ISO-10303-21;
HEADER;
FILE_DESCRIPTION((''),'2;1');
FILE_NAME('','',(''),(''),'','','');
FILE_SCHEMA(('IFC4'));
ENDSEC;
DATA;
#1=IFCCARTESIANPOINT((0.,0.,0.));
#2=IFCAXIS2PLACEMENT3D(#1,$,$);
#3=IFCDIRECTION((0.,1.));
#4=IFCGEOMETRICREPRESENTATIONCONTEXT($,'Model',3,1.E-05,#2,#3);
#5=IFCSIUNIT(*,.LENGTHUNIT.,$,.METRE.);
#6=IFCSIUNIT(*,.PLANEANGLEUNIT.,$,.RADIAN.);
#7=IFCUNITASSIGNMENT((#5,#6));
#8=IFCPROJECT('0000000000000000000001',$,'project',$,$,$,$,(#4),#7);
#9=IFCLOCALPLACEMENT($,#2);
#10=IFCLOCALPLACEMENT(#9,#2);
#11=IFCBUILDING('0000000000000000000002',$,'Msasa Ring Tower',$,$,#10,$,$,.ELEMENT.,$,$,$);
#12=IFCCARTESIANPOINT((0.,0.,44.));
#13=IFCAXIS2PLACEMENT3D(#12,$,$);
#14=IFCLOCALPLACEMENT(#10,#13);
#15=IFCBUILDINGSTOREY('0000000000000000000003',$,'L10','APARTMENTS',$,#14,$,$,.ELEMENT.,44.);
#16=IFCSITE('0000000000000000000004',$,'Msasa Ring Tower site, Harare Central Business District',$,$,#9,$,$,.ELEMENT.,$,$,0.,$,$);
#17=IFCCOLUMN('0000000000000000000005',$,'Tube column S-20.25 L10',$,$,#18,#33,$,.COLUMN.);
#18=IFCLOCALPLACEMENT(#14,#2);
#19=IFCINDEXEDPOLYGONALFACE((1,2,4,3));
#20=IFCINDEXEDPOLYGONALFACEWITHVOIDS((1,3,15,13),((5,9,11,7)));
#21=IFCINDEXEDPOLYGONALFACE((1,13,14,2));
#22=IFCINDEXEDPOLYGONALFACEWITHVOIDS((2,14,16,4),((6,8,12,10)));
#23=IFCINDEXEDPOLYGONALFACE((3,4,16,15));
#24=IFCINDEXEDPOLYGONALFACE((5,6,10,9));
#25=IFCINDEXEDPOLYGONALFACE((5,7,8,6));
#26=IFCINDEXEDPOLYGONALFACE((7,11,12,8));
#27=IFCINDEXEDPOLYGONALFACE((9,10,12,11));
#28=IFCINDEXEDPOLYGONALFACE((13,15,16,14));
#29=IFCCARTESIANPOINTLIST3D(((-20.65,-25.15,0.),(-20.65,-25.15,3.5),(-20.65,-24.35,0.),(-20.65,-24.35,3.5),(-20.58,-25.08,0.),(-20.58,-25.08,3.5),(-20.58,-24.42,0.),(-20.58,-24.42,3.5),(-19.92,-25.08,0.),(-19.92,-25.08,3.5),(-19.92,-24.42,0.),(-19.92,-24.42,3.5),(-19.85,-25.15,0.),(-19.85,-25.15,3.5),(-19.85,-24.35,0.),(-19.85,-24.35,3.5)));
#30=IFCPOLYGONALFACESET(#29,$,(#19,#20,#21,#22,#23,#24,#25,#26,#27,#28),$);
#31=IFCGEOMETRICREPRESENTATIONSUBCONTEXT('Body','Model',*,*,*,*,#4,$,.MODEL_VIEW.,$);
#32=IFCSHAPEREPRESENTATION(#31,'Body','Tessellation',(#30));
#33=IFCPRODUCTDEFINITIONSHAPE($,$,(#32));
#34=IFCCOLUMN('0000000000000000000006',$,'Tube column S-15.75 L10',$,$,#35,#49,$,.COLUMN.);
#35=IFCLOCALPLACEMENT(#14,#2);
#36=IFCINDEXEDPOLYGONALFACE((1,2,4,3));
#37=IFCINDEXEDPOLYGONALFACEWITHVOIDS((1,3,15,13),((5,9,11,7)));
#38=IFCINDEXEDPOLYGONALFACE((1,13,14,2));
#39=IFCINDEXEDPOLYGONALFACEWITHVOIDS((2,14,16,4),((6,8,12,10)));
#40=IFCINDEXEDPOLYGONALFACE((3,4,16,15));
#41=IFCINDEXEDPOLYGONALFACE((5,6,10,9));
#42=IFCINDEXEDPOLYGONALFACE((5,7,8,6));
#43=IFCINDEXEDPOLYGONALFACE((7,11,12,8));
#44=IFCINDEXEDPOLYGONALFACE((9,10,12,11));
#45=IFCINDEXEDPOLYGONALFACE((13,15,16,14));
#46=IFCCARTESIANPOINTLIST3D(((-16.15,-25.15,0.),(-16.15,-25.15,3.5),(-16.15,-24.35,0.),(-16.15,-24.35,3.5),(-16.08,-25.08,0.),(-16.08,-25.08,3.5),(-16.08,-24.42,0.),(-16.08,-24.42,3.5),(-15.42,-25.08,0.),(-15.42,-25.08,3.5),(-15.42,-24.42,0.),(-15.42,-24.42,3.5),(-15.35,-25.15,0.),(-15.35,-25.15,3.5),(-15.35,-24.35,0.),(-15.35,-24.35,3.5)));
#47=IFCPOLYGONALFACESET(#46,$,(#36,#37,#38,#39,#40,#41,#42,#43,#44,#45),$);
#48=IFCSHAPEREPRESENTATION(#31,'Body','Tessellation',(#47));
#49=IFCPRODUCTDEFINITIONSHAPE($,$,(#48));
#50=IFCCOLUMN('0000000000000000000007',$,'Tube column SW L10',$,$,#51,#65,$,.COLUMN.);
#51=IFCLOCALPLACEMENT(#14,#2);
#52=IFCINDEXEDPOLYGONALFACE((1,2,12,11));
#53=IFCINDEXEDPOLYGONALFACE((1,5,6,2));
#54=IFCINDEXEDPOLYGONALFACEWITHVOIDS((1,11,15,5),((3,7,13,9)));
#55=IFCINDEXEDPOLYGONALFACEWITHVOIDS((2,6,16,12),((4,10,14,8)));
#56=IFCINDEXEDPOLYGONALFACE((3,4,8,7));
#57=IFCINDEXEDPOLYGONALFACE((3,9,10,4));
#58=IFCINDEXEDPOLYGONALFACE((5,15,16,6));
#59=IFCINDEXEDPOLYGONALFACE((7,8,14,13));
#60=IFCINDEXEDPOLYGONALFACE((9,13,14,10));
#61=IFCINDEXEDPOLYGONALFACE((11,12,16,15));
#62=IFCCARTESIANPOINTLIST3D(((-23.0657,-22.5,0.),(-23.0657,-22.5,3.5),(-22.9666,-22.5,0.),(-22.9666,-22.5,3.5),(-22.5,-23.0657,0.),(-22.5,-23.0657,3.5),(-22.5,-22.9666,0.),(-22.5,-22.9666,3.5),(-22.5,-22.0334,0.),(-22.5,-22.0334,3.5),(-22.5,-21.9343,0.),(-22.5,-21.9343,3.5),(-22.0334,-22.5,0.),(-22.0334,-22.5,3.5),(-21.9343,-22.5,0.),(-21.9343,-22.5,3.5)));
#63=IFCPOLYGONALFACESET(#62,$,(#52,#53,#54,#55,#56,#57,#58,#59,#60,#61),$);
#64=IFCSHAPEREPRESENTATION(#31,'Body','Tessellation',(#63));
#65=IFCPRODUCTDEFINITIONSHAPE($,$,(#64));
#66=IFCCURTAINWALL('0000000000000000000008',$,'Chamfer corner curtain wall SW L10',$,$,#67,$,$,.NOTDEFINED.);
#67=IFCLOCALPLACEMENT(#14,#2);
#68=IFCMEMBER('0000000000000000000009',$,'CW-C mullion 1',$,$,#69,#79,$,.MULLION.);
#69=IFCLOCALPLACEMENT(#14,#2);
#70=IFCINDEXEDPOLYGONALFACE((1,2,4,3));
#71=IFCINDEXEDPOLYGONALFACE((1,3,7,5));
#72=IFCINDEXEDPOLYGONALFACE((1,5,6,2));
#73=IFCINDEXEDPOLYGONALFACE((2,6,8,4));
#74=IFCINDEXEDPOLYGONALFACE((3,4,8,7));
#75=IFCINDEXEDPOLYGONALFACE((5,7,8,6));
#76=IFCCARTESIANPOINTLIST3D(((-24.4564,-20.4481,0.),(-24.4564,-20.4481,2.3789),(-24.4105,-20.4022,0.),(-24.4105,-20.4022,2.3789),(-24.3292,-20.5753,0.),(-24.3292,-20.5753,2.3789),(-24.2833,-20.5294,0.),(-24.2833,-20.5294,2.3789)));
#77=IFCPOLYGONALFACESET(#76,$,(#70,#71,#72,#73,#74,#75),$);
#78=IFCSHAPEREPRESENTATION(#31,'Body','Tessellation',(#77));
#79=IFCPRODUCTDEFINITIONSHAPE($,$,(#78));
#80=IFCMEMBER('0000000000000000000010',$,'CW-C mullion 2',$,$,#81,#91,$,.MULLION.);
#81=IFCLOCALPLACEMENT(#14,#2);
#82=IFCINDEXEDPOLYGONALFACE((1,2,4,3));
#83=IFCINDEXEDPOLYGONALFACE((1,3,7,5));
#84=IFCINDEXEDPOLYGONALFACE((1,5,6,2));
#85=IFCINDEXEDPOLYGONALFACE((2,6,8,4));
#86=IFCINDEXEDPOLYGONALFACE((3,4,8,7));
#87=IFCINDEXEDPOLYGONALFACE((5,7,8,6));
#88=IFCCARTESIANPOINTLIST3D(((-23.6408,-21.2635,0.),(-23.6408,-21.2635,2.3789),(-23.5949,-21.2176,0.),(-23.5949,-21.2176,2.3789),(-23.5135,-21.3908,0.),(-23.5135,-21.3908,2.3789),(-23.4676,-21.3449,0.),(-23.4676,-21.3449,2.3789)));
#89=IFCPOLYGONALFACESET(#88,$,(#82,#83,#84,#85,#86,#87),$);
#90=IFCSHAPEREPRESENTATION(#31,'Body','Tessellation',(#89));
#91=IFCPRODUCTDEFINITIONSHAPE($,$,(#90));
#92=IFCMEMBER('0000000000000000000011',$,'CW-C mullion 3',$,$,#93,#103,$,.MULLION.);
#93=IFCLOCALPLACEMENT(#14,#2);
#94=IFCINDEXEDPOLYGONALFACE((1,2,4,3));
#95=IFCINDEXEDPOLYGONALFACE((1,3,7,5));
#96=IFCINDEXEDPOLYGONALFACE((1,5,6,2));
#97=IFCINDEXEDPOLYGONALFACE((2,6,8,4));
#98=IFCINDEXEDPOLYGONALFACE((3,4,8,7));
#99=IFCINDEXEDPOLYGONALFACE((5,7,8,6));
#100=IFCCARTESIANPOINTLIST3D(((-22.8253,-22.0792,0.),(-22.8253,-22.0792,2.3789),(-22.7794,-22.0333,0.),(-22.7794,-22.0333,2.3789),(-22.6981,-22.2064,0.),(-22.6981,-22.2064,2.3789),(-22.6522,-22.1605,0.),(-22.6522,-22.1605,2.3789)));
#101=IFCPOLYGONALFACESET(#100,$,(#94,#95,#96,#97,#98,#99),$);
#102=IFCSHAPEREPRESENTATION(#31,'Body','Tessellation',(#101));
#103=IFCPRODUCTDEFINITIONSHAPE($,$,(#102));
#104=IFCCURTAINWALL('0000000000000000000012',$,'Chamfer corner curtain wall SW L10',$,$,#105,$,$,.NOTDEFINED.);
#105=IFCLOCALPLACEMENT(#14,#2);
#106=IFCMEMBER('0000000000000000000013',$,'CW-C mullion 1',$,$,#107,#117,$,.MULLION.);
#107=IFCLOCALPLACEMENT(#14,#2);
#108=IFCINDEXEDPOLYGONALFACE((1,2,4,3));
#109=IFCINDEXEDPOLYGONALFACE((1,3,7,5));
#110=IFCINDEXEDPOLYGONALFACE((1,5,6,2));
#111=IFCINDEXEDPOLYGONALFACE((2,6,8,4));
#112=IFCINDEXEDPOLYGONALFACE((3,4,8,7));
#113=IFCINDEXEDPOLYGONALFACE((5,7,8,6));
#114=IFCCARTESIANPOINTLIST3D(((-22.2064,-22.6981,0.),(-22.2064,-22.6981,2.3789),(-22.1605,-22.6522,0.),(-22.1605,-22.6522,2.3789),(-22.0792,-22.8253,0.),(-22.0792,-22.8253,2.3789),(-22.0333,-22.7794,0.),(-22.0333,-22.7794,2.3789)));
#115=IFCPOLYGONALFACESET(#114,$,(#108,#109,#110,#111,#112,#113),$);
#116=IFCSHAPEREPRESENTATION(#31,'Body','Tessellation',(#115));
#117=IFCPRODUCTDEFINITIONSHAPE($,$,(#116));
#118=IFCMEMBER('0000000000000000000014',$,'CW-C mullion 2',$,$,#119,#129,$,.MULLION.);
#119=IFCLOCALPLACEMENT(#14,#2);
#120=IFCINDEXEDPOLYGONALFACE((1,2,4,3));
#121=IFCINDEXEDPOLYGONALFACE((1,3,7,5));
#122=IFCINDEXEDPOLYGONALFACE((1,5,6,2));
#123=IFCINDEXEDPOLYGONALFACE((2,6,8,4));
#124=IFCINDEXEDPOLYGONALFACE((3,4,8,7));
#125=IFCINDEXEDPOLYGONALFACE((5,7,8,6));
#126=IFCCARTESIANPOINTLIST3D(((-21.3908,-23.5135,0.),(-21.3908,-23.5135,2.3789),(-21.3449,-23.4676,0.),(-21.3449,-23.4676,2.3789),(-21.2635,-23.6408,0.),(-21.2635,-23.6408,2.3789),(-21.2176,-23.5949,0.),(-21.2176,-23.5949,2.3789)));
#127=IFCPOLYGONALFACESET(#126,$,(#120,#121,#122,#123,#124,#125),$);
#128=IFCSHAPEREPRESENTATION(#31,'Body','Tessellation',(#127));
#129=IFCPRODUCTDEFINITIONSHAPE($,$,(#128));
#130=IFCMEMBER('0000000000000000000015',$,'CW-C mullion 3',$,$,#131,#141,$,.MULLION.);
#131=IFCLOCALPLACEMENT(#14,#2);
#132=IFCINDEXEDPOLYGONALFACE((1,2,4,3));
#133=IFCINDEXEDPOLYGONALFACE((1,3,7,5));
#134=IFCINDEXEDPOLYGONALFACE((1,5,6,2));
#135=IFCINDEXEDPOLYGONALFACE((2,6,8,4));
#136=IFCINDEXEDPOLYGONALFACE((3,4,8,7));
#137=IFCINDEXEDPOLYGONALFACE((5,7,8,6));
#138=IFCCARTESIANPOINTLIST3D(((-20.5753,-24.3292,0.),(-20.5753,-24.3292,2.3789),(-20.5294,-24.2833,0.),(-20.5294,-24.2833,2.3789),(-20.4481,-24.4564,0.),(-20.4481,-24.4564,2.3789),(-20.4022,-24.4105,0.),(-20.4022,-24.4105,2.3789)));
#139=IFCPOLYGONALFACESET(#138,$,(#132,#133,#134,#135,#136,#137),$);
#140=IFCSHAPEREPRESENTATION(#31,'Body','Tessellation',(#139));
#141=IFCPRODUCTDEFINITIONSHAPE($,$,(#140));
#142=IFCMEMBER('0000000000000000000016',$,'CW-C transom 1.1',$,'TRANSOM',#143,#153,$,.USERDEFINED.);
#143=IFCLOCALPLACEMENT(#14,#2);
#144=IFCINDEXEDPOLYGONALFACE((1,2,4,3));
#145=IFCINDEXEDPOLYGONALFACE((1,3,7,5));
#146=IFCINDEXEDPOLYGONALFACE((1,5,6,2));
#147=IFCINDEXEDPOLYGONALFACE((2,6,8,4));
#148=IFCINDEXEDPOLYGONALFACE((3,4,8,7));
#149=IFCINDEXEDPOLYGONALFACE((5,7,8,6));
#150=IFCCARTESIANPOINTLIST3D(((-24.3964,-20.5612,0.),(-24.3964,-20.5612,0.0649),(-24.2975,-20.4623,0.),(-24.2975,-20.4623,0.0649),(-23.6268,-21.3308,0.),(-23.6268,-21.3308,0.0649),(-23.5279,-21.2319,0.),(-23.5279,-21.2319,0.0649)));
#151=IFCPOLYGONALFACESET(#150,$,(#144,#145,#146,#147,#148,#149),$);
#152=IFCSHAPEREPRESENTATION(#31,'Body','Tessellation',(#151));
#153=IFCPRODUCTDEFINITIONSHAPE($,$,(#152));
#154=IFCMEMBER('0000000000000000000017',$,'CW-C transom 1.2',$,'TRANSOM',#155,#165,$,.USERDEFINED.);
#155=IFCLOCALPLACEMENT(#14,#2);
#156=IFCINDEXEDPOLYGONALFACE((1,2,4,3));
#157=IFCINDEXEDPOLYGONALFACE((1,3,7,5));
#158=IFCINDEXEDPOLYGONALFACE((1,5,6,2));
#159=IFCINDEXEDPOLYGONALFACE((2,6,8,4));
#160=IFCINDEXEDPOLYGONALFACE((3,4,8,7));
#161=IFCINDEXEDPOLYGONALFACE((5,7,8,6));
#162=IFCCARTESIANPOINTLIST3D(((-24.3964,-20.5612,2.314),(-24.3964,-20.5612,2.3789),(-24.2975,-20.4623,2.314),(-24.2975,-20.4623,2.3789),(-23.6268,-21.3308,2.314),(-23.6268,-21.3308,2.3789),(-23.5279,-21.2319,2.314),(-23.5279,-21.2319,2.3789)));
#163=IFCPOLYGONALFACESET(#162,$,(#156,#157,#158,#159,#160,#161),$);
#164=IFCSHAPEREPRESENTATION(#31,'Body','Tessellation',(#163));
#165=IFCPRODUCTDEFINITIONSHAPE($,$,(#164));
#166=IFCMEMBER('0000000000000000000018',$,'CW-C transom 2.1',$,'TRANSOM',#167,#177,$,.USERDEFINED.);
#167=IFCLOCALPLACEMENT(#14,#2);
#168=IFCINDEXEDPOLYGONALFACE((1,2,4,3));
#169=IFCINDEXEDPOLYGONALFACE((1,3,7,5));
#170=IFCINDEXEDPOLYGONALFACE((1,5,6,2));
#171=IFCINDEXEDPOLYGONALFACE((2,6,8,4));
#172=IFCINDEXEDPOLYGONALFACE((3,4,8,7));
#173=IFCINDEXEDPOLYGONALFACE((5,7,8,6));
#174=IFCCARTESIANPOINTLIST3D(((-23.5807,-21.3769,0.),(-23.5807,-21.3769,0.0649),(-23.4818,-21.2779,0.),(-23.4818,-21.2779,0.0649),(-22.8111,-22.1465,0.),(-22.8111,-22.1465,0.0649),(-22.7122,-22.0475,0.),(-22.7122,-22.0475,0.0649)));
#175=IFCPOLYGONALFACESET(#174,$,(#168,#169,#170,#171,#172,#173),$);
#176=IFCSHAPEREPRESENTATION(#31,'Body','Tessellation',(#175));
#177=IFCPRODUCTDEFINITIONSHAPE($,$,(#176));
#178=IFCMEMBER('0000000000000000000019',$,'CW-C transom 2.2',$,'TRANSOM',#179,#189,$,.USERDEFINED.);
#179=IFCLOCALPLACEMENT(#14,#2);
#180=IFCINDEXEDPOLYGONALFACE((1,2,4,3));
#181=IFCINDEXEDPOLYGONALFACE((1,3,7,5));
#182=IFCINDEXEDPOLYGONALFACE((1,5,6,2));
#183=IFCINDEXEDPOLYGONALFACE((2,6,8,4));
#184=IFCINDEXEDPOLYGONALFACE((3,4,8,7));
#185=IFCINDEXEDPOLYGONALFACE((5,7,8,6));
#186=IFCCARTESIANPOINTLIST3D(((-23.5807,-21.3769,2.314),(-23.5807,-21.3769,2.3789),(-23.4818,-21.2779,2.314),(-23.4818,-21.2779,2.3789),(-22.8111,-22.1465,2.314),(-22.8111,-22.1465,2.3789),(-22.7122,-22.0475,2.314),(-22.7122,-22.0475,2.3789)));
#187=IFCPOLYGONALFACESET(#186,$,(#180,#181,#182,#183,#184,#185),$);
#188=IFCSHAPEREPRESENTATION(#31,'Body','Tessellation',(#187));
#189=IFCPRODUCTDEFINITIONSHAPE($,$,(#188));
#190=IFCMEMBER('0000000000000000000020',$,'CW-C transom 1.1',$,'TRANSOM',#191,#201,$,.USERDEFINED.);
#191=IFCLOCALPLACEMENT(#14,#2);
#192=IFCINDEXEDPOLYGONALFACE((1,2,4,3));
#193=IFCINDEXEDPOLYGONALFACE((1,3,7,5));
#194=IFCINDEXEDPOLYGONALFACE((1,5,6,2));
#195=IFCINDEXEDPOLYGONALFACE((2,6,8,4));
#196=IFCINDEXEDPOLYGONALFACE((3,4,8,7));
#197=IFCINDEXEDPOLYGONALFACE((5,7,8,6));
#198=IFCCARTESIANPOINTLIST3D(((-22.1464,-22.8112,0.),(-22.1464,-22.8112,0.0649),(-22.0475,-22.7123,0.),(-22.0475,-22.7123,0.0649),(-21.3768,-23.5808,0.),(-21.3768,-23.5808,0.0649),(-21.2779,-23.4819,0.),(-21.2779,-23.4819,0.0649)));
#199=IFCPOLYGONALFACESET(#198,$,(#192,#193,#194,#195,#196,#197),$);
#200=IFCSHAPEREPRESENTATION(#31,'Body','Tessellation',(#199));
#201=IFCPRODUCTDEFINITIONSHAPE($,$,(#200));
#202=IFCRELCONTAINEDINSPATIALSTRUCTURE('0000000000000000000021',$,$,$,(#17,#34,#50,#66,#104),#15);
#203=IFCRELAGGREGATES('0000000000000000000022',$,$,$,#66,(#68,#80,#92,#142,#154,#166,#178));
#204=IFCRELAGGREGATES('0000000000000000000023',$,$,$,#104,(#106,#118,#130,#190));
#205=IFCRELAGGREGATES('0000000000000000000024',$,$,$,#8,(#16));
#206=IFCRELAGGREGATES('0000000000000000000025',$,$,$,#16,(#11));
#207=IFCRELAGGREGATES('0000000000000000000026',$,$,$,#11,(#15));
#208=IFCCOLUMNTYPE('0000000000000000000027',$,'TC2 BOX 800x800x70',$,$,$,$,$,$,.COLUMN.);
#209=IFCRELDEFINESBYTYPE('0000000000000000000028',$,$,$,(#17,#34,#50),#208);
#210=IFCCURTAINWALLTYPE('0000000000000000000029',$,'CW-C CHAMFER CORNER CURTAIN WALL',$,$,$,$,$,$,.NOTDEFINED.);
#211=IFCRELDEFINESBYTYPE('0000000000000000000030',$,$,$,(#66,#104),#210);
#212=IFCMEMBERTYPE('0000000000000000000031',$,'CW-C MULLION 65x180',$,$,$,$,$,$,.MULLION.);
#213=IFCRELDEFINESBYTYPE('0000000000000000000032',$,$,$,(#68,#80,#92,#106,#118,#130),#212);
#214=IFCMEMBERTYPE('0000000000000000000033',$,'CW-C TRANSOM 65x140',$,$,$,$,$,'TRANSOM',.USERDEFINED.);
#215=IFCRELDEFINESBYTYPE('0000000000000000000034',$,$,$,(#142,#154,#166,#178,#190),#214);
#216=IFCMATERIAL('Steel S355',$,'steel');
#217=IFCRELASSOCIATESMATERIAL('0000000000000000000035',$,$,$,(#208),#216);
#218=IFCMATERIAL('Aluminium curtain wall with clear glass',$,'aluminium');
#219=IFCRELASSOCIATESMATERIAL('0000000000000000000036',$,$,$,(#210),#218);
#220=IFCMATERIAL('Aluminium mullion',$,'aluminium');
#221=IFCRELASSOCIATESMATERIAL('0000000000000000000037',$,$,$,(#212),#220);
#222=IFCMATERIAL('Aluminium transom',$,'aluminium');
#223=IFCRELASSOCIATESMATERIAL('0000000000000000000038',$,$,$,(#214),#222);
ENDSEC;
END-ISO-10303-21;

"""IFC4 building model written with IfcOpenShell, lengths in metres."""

from ifc_helpers import new_model, si_unit, direction, frame, origin, origin_2d, place, context, subcontext, project, spatial, rectangle, hollow_rectangle, extrude, material, material_profile, profile_set, type_object, element, aggregate, save


model = new_model("IFC4")

# Units and contexts
model_context = context("Model", 3, precision=1e-05, world=origin(), true_north=direction((0.0, 1.0)))
body_context = subcontext(model_context, "Body", "Model", "MODEL_VIEW")
ifc_project = project(units=[si_unit("LENGTHUNIT", "METRE"), si_unit("PLANEANGLEUNIT", "RADIAN")], contexts=[model_context])

# Site, building, storey
site_placement = place(None, origin())
site = spatial("IfcSite", under=ifc_project, at=site_placement, Name="Msasa Ring Tower site, Harare Central Business District", CompositionType="ELEMENT", RefElevation=0.0)
building_placement = place(site_placement, origin())
building = spatial("IfcBuilding", under=site, at=building_placement, Name="Msasa Ring Tower", CompositionType="ELEMENT")
storey_placement = place(building_placement, frame((0.0, 0.0, 44.0)))
storey = spatial("IfcBuildingStorey", under=building, at=storey_placement, Name="L10", Description="APARTMENTS", CompositionType="ELEMENT", Elevation=44.0)

# Columns
ifc_material_1 = material(Name="Steel S355", Category="steel")
ifc_material_profile_1 = material_profile(ifc_material_1, hollow_rectangle(XDim=0.8, YDim=0.8, WallThickness=0.0701, at=origin_2d()), Name="BOX 800x800x70")
ifc_profile_set_1 = profile_set([ifc_material_profile_1], Name="Steel S355")
column_type = type_object("IfcColumnType", Name="TC2 BOX 800x800x70", PredefinedType="COLUMN", material=ifc_profile_set_1)
for number, where, z_axis, x_axis, name in (
    (1, (-20.25, -24.75, 0.0), (0.0, 0.0, 1.0), (0.0, 1.0, 0.0), "Tube column S-20.25 L10"),
    (2, (-15.75, -24.75, 0.0), (0.0, 0.0, 1.0), (0.0, 1.0, 0.0), "Tube column S-15.75 L10"),
    (3, (-22.5, -22.5, 0.0), (0.0, 0.0, 1.0), (0.707107, 0.707107, 0.0), "Tube column SW L10"),
):
    element("IfcColumn", number, at=place(storey_placement, frame(where, z_axis=z_axis, x_axis=x_axis)), inside=storey, type_object=column_type, Name=name, PredefinedType="COLUMN", context=body_context, shape_type="SweptSolid", body=[
        extrude(hollow_rectangle(XDim=0.8, YDim=0.8, WallThickness=0.0701, at=origin_2d()), origin(), (0.0, 0.0, 1.0), 3.5),
    ])

# Curtain walls, members
ifc_material_2 = material(Name="Aluminium curtain wall with clear glass", Category="aluminium")
curtain_wall_type = type_object("IfcCurtainWallType", Name="CW-C CHAMFER CORNER CURTAIN WALL", PredefinedType="NOTDEFINED", material=ifc_material_2)
curtain_wall_1_placement = place(storey_placement, origin())
curtain_wall_1 = element("IfcCurtainWall", 4, at=curtain_wall_1_placement, inside=storey, type_object=curtain_wall_type, Name="Chamfer corner curtain wall SW L10", PredefinedType="NOTDEFINED")
ifc_material_3 = material(Name="Aluminium mullion", Category="aluminium")
ifc_material_profile_2 = material_profile(ifc_material_3, rectangle(XDim=0.0649, YDim=0.1799, at=origin_2d()), Name="AL 65x180")
ifc_profile_set_2 = profile_set([ifc_material_profile_2], Name="Aluminium mullion")
member_type_1 = type_object("IfcMemberType", Name="CW-C MULLION 65x180", PredefinedType="MULLION", material=ifc_profile_set_2)
member_1_placement = place(storey_placement, frame((-24.3699, -20.4888, 0.0), z_axis=(0.0, 0.0, 1.0), x_axis=(0.707107, 0.707107, 0.0)))
member_1 = element("IfcMember", 5, at=member_1_placement, type_object=member_type_1, Name="CW-C mullion 1", PredefinedType="MULLION", context=body_context, shape_type="SweptSolid", body=[
    extrude(rectangle(XDim=0.0649, YDim=0.1799, at=origin_2d()), origin(), (0.0, 0.0, 1.0), 2.3789),
])
member_2_placement = place(storey_placement, frame((-23.5542, -21.3042, 0.0), z_axis=(0.0, 0.0, 1.0), x_axis=(0.707107, 0.707107, 0.0)))
member_2 = element("IfcMember", 6, at=member_2_placement, type_object=member_type_1, Name="CW-C mullion 2", PredefinedType="MULLION", context=body_context, shape_type="SweptSolid", body=[
    extrude(rectangle(XDim=0.0649, YDim=0.1799, at=origin_2d()), origin(), (0.0, 0.0, 1.0), 2.3789),
])
member_3_placement = place(storey_placement, frame((-22.7388, -22.1199, 0.0), z_axis=(0.0, 0.0, 1.0), x_axis=(0.707107, 0.707107, 0.0)))
member_3 = element("IfcMember", 7, at=member_3_placement, type_object=member_type_1, Name="CW-C mullion 3", PredefinedType="MULLION", context=body_context, shape_type="SweptSolid", body=[
    extrude(rectangle(XDim=0.0649, YDim=0.1799, at=origin_2d()), origin(), (0.0, 0.0, 1.0), 2.3789),
])
curtain_wall_2_placement = place(storey_placement, origin())
curtain_wall_2 = element("IfcCurtainWall", 8, at=curtain_wall_2_placement, inside=storey, type_object=curtain_wall_type, Name="Chamfer corner curtain wall SW L10", PredefinedType="NOTDEFINED")
member_4_placement = place(storey_placement, frame((-22.1199, -22.7388, 0.0), z_axis=(0.0, 0.0, 1.0), x_axis=(0.707107, 0.707107, 0.0)))
member_4 = element("IfcMember", 9, at=member_4_placement, type_object=member_type_1, Name="CW-C mullion 1", PredefinedType="MULLION", context=body_context, shape_type="SweptSolid", body=[
    extrude(rectangle(XDim=0.0649, YDim=0.1799, at=origin_2d()), origin(), (0.0, 0.0, 1.0), 2.3789),
])
member_5_placement = place(storey_placement, frame((-21.3042, -23.5542, 0.0), z_axis=(0.0, 0.0, 1.0), x_axis=(0.707107, 0.707107, 0.0)))
member_5 = element("IfcMember", 10, at=member_5_placement, type_object=member_type_1, Name="CW-C mullion 2", PredefinedType="MULLION", context=body_context, shape_type="SweptSolid", body=[
    extrude(rectangle(XDim=0.0649, YDim=0.1799, at=origin_2d()), origin(), (0.0, 0.0, 1.0), 2.3789),
])
member_6_placement = place(storey_placement, frame((-20.4888, -24.3699, 0.0), z_axis=(0.0, 0.0, 1.0), x_axis=(0.707107, 0.707107, 0.0)))
member_6 = element("IfcMember", 11, at=member_6_placement, type_object=member_type_1, Name="CW-C mullion 3", PredefinedType="MULLION", context=body_context, shape_type="SweptSolid", body=[
    extrude(rectangle(XDim=0.0649, YDim=0.1799, at=origin_2d()), origin(), (0.0, 0.0, 1.0), 2.3789),
])

# Members
ifc_material_4 = material(Name="Aluminium transom", Category="aluminium")
ifc_material_profile_3 = material_profile(ifc_material_4, rectangle(XDim=0.1399, YDim=0.0649, at=origin_2d()), Name="AL 65x140")
ifc_profile_set_3 = profile_set([ifc_material_profile_3], Name="Aluminium transom")
member_type_2 = type_object("IfcMemberType", Name="CW-C TRANSOM 65x140", ElementType="TRANSOM", PredefinedType="USERDEFINED", material=ifc_profile_set_3)
member_7_placement = place(storey_placement, frame((-24.3469, -20.5117, 0.0325), z_axis=(0.707107, -0.707107, 0.0), x_axis=(0.707107, 0.707107, 0.0)))
member_7 = element("IfcMember", 12, at=member_7_placement, type_object=member_type_2, Name="CW-C transom 1.1", ObjectType="TRANSOM", PredefinedType="USERDEFINED", context=body_context, shape_type="SweptSolid", body=[
    extrude(rectangle(XDim=0.1399, YDim=0.0649, at=origin_2d()), origin(), (0.0, 0.0, 1.0), 1.0884),
])
member_8_placement = place(storey_placement, frame((-24.3469, -20.5117, 2.3464), z_axis=(0.707107, -0.707107, 0.0), x_axis=(0.707107, 0.707107, 0.0)))
member_8 = element("IfcMember", 13, at=member_8_placement, type_object=member_type_2, Name="CW-C transom 1.2", ObjectType="TRANSOM", PredefinedType="USERDEFINED", context=body_context, shape_type="SweptSolid", body=[
    extrude(rectangle(XDim=0.1399, YDim=0.0649, at=origin_2d()), origin(), (0.0, 0.0, 1.0), 1.0884),
])
member_9_placement = place(storey_placement, frame((-23.5312, -21.3274, 0.0325), z_axis=(0.707107, -0.707107, 0.0), x_axis=(0.707107, 0.707107, 0.0)))
member_9 = element("IfcMember", 14, at=member_9_placement, type_object=member_type_2, Name="CW-C transom 2.1", ObjectType="TRANSOM", PredefinedType="USERDEFINED", context=body_context, shape_type="SweptSolid", body=[
    extrude(rectangle(XDim=0.1399, YDim=0.0649, at=origin_2d()), origin(), (0.0, 0.0, 1.0), 1.0884),
])
member_10_placement = place(storey_placement, frame((-23.5312, -21.3274, 2.3464), z_axis=(0.707107, -0.707107, 0.0), x_axis=(0.707107, 0.707107, 0.0)))
member_10 = element("IfcMember", 15, at=member_10_placement, type_object=member_type_2, Name="CW-C transom 2.2", ObjectType="TRANSOM", PredefinedType="USERDEFINED", context=body_context, shape_type="SweptSolid", body=[
    extrude(rectangle(XDim=0.1399, YDim=0.0649, at=origin_2d()), origin(), (0.0, 0.0, 1.0), 1.0884),
])
member_11_placement = place(storey_placement, frame((-22.0969, -22.7617, 0.0325), z_axis=(0.707107, -0.707107, 0.0), x_axis=(0.707107, 0.707107, 0.0)))
member_11 = element("IfcMember", 16, at=member_11_placement, type_object=member_type_2, Name="CW-C transom 1.1", ObjectType="TRANSOM", PredefinedType="USERDEFINED", context=body_context, shape_type="SweptSolid", body=[
    extrude(rectangle(XDim=0.1399, YDim=0.0649, at=origin_2d()), origin(), (0.0, 0.0, 1.0), 1.0884),
])

aggregate(curtain_wall_1, [member_1, member_2, member_3, member_7, member_8, member_9, member_10])
aggregate(curtain_wall_2, [member_4, member_5, member_6, member_11])

save(model, "model.ifc")
